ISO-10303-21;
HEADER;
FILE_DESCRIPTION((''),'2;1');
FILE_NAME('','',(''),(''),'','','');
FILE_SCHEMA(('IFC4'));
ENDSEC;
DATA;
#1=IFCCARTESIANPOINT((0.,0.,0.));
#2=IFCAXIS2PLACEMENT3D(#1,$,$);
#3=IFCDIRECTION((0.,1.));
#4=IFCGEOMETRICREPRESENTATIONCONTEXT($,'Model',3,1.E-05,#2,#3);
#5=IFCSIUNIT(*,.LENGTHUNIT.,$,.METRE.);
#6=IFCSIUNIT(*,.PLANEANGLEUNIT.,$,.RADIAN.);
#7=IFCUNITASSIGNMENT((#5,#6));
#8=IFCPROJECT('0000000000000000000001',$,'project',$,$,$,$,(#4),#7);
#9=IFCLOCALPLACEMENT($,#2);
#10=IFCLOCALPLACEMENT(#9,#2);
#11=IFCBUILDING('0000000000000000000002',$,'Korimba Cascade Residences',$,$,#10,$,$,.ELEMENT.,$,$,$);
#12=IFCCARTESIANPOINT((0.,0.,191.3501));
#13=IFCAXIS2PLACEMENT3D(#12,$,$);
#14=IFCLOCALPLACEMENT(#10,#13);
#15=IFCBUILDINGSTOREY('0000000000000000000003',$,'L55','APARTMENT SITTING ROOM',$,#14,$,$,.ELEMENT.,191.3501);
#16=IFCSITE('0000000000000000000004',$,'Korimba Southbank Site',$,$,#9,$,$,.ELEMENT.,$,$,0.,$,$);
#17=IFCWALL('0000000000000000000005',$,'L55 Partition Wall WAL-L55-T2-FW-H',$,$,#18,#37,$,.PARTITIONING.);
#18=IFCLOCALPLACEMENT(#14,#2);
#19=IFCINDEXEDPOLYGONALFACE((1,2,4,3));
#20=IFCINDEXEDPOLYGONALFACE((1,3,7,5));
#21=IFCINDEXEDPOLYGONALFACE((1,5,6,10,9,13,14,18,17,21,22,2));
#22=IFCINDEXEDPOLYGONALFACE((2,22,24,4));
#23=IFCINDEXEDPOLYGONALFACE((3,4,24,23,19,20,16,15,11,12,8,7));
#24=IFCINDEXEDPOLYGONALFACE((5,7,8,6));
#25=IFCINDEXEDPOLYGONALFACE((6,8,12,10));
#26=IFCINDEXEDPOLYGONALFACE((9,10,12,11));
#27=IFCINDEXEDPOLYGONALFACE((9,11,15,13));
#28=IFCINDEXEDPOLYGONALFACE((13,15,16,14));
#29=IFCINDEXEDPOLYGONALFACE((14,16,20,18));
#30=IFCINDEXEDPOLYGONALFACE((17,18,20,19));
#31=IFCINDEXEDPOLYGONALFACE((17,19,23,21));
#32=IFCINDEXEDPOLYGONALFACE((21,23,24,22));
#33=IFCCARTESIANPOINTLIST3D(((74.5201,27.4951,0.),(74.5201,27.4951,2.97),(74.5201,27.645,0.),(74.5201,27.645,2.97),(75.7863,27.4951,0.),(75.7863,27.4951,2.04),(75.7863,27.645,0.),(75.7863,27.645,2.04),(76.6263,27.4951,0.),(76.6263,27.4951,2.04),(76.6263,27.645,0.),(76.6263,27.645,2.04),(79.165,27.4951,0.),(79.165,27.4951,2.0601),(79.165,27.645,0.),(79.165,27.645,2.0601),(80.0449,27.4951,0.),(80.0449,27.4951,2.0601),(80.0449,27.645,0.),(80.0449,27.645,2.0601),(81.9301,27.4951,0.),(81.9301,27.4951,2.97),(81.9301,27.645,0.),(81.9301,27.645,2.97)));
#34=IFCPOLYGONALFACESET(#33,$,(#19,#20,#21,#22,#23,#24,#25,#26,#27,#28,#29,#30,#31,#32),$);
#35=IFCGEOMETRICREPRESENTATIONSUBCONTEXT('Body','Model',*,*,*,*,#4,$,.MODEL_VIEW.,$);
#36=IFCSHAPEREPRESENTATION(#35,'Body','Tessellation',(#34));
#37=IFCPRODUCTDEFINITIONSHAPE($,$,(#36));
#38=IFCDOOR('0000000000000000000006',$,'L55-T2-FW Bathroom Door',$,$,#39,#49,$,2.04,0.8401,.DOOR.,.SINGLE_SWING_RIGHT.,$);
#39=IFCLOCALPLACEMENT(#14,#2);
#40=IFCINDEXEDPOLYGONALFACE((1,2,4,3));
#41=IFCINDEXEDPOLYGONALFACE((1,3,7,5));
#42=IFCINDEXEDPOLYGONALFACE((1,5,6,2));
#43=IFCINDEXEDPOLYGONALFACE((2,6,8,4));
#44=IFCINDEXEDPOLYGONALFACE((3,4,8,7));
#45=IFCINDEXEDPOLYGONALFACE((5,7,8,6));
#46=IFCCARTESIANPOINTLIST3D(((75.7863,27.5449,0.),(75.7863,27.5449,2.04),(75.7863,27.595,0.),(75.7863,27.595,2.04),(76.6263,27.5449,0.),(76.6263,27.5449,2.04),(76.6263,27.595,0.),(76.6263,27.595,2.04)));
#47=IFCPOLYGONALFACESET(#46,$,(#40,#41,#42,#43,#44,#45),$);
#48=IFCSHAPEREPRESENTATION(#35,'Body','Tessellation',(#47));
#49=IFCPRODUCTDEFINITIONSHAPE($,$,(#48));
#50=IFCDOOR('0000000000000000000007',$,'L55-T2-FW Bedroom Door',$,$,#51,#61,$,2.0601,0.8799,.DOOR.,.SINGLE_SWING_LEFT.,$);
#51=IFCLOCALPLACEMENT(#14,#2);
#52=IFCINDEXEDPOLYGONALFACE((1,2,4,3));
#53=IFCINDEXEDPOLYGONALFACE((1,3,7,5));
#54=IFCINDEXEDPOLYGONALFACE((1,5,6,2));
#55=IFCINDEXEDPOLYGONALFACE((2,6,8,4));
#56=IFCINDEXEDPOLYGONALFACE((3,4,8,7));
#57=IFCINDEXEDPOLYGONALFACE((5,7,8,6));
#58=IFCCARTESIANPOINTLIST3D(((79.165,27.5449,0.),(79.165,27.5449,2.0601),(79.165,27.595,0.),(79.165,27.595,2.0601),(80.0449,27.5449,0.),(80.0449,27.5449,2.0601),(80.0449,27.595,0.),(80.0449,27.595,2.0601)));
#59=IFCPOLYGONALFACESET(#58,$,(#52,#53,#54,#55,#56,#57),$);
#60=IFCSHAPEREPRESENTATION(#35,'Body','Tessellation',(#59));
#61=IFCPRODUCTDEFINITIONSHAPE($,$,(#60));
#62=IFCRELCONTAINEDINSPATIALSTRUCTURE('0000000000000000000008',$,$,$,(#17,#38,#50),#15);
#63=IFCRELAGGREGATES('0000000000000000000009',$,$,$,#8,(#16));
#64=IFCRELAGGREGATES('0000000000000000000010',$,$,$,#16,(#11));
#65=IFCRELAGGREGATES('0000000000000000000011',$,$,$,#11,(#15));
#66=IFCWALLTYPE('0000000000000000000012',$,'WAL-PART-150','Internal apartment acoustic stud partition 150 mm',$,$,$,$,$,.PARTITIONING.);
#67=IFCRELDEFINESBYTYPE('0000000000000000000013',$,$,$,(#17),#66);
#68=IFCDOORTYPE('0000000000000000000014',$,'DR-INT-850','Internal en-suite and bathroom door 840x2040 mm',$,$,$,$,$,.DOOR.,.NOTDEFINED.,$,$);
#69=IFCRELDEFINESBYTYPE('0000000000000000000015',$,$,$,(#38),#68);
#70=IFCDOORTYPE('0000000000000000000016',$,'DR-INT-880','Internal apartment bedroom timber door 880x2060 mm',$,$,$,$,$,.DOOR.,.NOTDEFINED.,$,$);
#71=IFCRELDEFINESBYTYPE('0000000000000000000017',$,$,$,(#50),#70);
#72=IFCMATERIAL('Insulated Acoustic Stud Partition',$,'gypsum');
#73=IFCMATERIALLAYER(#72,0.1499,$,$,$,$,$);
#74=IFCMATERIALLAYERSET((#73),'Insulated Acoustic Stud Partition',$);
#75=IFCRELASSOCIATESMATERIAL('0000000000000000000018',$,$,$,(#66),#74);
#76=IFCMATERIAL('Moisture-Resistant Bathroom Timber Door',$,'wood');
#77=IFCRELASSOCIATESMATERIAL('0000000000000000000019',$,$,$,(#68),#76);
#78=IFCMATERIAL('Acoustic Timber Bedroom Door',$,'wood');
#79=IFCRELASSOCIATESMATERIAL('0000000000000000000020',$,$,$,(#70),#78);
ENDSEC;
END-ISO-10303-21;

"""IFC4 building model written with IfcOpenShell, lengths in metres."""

from ifc_helpers import new_model, si_unit, direction, frame, frame_2d, origin, place, context, subcontext, project, spatial, rectangle, extrude, material, layer, layer_set, type_object, element, fill, save


model = new_model("IFC4")

# Units and contexts
model_context = context("Model", 3, precision=1e-05, world=origin(), true_north=direction((0.0, 1.0)))
body_context = subcontext(model_context, "Body", "Model", "MODEL_VIEW")
ifc_project = project(units=[si_unit("LENGTHUNIT", "METRE"), si_unit("PLANEANGLEUNIT", "RADIAN")], contexts=[model_context])

# Site, building, storey
site_placement = place(None, origin())
site = spatial("IfcSite", under=ifc_project, at=site_placement, Name="Korimba Southbank Site", CompositionType="ELEMENT", RefElevation=0.0)
building_placement = place(site_placement, origin())
building = spatial("IfcBuilding", under=site, at=building_placement, Name="Korimba Cascade Residences", CompositionType="ELEMENT")
storey_placement = place(building_placement, frame((0.0, 0.0, 191.3501)))
storey = spatial("IfcBuildingStorey", under=building, at=storey_placement, Name="L55", Description="APARTMENT SITTING ROOM", CompositionType="ELEMENT", Elevation=191.3501)

# Shared definitions
ifc_material_1 = material(Name="Insulated Acoustic Stud Partition", Category="gypsum")
ifc_layer_1 = layer(ifc_material_1, 0.1499)
ifc_layer_set_1 = layer_set([ifc_layer_1], Name="Insulated Acoustic Stud Partition")
wall_type_1 = type_object("IfcWallType", Name="WAL-PART-150", Description="Internal apartment acoustic stud partition 150 mm", PredefinedType="PARTITIONING", material=ifc_layer_set_1)

# Wall, openings, doors
wall_1_placement = place(storey_placement, frame((74.52, 27.5701, 0.0), z_axis=(0.0, 0.0, 1.0), x_axis=(1.0, 0.0, 0.0)))
wall_1 = element("IfcWall", 1, at=wall_1_placement, inside=storey, type_object=wall_type_1, Name="L55 Partition Wall WAL-L55-T2-FW-H", PredefinedType="PARTITIONING", context=body_context, shape_type="SweptSolid", body=[
    extrude(rectangle(XDim=7.4099, YDim=0.1499, at=frame_2d((3.7051, 0.0))), origin(), (0.0, 0.0, 1.0), 2.97),
])
opening_1_placement = place(wall_1_placement, frame((1.2664, 0.0, 0.0)))
opening_1 = element("IfcOpeningElement", 2, at=opening_1_placement, cuts=wall_1, PredefinedType="OPENING", context=body_context, shape_type="SweptSolid", body=[
    extrude(rectangle(XDim=0.8401, YDim=2.04, at=frame_2d((0.4199, 1.02))), frame((0.0, 0.085, 0.0), z_axis=(0.0, -1.0, 0.0), x_axis=(1.0, 0.0, 0.0)), (0.0, 0.0, 1.0), 0.1699),
])
opening_2_placement = place(wall_1_placement, frame((4.645, 0.0, 0.0)))
opening_2 = element("IfcOpeningElement", 3, at=opening_2_placement, cuts=wall_1, PredefinedType="OPENING", context=body_context, shape_type="SweptSolid", body=[
    extrude(rectangle(XDim=0.8799, YDim=2.0601, at=frame_2d((0.4399, 1.03))), frame((0.0, 0.085, 0.0), z_axis=(0.0, -1.0, 0.0), x_axis=(1.0, 0.0, 0.0)), (0.0, 0.0, 1.0), 0.1699),
])
ifc_material_2 = material(Name="Moisture-Resistant Bathroom Timber Door", Category="wood")
door_type_1 = type_object("IfcDoorType", Name="DR-INT-850", Description="Internal en-suite and bathroom door 840x2040 mm", OperationType="NOTDEFINED", PredefinedType="DOOR", material=ifc_material_2)
door_1_placement = place(opening_1_placement, origin())
door_1 = element("IfcDoor", 4, at=door_1_placement, inside=storey, type_object=door_type_1, Name="L55-T2-FW Bathroom Door", OperationType="SINGLE_SWING_RIGHT", OverallHeight=2.04, OverallWidth=0.8401, PredefinedType="DOOR", context=body_context, shape_type="SweptSolid", body=[
    extrude(rectangle(XDim=0.8401, YDim=2.04, at=frame_2d((0.4199, 1.02))), frame((0.0, 0.0249, 0.0), z_axis=(0.0, -1.0, 0.0), x_axis=(1.0, 0.0, 0.0)), (0.0, 0.0, 1.0), 0.05),
])
fill(opening_1, door_1)
ifc_material_3 = material(Name="Acoustic Timber Bedroom Door", Category="wood")
door_type_2 = type_object("IfcDoorType", Name="DR-INT-880", Description="Internal apartment bedroom timber door 880x2060 mm", OperationType="NOTDEFINED", PredefinedType="DOOR", material=ifc_material_3)
door_2_placement = place(opening_2_placement, origin())
door_2 = element("IfcDoor", 5, at=door_2_placement, inside=storey, type_object=door_type_2, Name="L55-T2-FW Bedroom Door", OperationType="SINGLE_SWING_LEFT", OverallHeight=2.0601, OverallWidth=0.8799, PredefinedType="DOOR", context=body_context, shape_type="SweptSolid", body=[
    extrude(rectangle(XDim=0.8799, YDim=2.0601, at=frame_2d((0.4399, 1.03))), frame((0.0, 0.0249, 0.0), z_axis=(0.0, -1.0, 0.0), x_axis=(1.0, 0.0, 0.0)), (0.0, 0.0, 1.0), 0.05),
])
fill(opening_2, door_2)

save(model, "model.ifc")
